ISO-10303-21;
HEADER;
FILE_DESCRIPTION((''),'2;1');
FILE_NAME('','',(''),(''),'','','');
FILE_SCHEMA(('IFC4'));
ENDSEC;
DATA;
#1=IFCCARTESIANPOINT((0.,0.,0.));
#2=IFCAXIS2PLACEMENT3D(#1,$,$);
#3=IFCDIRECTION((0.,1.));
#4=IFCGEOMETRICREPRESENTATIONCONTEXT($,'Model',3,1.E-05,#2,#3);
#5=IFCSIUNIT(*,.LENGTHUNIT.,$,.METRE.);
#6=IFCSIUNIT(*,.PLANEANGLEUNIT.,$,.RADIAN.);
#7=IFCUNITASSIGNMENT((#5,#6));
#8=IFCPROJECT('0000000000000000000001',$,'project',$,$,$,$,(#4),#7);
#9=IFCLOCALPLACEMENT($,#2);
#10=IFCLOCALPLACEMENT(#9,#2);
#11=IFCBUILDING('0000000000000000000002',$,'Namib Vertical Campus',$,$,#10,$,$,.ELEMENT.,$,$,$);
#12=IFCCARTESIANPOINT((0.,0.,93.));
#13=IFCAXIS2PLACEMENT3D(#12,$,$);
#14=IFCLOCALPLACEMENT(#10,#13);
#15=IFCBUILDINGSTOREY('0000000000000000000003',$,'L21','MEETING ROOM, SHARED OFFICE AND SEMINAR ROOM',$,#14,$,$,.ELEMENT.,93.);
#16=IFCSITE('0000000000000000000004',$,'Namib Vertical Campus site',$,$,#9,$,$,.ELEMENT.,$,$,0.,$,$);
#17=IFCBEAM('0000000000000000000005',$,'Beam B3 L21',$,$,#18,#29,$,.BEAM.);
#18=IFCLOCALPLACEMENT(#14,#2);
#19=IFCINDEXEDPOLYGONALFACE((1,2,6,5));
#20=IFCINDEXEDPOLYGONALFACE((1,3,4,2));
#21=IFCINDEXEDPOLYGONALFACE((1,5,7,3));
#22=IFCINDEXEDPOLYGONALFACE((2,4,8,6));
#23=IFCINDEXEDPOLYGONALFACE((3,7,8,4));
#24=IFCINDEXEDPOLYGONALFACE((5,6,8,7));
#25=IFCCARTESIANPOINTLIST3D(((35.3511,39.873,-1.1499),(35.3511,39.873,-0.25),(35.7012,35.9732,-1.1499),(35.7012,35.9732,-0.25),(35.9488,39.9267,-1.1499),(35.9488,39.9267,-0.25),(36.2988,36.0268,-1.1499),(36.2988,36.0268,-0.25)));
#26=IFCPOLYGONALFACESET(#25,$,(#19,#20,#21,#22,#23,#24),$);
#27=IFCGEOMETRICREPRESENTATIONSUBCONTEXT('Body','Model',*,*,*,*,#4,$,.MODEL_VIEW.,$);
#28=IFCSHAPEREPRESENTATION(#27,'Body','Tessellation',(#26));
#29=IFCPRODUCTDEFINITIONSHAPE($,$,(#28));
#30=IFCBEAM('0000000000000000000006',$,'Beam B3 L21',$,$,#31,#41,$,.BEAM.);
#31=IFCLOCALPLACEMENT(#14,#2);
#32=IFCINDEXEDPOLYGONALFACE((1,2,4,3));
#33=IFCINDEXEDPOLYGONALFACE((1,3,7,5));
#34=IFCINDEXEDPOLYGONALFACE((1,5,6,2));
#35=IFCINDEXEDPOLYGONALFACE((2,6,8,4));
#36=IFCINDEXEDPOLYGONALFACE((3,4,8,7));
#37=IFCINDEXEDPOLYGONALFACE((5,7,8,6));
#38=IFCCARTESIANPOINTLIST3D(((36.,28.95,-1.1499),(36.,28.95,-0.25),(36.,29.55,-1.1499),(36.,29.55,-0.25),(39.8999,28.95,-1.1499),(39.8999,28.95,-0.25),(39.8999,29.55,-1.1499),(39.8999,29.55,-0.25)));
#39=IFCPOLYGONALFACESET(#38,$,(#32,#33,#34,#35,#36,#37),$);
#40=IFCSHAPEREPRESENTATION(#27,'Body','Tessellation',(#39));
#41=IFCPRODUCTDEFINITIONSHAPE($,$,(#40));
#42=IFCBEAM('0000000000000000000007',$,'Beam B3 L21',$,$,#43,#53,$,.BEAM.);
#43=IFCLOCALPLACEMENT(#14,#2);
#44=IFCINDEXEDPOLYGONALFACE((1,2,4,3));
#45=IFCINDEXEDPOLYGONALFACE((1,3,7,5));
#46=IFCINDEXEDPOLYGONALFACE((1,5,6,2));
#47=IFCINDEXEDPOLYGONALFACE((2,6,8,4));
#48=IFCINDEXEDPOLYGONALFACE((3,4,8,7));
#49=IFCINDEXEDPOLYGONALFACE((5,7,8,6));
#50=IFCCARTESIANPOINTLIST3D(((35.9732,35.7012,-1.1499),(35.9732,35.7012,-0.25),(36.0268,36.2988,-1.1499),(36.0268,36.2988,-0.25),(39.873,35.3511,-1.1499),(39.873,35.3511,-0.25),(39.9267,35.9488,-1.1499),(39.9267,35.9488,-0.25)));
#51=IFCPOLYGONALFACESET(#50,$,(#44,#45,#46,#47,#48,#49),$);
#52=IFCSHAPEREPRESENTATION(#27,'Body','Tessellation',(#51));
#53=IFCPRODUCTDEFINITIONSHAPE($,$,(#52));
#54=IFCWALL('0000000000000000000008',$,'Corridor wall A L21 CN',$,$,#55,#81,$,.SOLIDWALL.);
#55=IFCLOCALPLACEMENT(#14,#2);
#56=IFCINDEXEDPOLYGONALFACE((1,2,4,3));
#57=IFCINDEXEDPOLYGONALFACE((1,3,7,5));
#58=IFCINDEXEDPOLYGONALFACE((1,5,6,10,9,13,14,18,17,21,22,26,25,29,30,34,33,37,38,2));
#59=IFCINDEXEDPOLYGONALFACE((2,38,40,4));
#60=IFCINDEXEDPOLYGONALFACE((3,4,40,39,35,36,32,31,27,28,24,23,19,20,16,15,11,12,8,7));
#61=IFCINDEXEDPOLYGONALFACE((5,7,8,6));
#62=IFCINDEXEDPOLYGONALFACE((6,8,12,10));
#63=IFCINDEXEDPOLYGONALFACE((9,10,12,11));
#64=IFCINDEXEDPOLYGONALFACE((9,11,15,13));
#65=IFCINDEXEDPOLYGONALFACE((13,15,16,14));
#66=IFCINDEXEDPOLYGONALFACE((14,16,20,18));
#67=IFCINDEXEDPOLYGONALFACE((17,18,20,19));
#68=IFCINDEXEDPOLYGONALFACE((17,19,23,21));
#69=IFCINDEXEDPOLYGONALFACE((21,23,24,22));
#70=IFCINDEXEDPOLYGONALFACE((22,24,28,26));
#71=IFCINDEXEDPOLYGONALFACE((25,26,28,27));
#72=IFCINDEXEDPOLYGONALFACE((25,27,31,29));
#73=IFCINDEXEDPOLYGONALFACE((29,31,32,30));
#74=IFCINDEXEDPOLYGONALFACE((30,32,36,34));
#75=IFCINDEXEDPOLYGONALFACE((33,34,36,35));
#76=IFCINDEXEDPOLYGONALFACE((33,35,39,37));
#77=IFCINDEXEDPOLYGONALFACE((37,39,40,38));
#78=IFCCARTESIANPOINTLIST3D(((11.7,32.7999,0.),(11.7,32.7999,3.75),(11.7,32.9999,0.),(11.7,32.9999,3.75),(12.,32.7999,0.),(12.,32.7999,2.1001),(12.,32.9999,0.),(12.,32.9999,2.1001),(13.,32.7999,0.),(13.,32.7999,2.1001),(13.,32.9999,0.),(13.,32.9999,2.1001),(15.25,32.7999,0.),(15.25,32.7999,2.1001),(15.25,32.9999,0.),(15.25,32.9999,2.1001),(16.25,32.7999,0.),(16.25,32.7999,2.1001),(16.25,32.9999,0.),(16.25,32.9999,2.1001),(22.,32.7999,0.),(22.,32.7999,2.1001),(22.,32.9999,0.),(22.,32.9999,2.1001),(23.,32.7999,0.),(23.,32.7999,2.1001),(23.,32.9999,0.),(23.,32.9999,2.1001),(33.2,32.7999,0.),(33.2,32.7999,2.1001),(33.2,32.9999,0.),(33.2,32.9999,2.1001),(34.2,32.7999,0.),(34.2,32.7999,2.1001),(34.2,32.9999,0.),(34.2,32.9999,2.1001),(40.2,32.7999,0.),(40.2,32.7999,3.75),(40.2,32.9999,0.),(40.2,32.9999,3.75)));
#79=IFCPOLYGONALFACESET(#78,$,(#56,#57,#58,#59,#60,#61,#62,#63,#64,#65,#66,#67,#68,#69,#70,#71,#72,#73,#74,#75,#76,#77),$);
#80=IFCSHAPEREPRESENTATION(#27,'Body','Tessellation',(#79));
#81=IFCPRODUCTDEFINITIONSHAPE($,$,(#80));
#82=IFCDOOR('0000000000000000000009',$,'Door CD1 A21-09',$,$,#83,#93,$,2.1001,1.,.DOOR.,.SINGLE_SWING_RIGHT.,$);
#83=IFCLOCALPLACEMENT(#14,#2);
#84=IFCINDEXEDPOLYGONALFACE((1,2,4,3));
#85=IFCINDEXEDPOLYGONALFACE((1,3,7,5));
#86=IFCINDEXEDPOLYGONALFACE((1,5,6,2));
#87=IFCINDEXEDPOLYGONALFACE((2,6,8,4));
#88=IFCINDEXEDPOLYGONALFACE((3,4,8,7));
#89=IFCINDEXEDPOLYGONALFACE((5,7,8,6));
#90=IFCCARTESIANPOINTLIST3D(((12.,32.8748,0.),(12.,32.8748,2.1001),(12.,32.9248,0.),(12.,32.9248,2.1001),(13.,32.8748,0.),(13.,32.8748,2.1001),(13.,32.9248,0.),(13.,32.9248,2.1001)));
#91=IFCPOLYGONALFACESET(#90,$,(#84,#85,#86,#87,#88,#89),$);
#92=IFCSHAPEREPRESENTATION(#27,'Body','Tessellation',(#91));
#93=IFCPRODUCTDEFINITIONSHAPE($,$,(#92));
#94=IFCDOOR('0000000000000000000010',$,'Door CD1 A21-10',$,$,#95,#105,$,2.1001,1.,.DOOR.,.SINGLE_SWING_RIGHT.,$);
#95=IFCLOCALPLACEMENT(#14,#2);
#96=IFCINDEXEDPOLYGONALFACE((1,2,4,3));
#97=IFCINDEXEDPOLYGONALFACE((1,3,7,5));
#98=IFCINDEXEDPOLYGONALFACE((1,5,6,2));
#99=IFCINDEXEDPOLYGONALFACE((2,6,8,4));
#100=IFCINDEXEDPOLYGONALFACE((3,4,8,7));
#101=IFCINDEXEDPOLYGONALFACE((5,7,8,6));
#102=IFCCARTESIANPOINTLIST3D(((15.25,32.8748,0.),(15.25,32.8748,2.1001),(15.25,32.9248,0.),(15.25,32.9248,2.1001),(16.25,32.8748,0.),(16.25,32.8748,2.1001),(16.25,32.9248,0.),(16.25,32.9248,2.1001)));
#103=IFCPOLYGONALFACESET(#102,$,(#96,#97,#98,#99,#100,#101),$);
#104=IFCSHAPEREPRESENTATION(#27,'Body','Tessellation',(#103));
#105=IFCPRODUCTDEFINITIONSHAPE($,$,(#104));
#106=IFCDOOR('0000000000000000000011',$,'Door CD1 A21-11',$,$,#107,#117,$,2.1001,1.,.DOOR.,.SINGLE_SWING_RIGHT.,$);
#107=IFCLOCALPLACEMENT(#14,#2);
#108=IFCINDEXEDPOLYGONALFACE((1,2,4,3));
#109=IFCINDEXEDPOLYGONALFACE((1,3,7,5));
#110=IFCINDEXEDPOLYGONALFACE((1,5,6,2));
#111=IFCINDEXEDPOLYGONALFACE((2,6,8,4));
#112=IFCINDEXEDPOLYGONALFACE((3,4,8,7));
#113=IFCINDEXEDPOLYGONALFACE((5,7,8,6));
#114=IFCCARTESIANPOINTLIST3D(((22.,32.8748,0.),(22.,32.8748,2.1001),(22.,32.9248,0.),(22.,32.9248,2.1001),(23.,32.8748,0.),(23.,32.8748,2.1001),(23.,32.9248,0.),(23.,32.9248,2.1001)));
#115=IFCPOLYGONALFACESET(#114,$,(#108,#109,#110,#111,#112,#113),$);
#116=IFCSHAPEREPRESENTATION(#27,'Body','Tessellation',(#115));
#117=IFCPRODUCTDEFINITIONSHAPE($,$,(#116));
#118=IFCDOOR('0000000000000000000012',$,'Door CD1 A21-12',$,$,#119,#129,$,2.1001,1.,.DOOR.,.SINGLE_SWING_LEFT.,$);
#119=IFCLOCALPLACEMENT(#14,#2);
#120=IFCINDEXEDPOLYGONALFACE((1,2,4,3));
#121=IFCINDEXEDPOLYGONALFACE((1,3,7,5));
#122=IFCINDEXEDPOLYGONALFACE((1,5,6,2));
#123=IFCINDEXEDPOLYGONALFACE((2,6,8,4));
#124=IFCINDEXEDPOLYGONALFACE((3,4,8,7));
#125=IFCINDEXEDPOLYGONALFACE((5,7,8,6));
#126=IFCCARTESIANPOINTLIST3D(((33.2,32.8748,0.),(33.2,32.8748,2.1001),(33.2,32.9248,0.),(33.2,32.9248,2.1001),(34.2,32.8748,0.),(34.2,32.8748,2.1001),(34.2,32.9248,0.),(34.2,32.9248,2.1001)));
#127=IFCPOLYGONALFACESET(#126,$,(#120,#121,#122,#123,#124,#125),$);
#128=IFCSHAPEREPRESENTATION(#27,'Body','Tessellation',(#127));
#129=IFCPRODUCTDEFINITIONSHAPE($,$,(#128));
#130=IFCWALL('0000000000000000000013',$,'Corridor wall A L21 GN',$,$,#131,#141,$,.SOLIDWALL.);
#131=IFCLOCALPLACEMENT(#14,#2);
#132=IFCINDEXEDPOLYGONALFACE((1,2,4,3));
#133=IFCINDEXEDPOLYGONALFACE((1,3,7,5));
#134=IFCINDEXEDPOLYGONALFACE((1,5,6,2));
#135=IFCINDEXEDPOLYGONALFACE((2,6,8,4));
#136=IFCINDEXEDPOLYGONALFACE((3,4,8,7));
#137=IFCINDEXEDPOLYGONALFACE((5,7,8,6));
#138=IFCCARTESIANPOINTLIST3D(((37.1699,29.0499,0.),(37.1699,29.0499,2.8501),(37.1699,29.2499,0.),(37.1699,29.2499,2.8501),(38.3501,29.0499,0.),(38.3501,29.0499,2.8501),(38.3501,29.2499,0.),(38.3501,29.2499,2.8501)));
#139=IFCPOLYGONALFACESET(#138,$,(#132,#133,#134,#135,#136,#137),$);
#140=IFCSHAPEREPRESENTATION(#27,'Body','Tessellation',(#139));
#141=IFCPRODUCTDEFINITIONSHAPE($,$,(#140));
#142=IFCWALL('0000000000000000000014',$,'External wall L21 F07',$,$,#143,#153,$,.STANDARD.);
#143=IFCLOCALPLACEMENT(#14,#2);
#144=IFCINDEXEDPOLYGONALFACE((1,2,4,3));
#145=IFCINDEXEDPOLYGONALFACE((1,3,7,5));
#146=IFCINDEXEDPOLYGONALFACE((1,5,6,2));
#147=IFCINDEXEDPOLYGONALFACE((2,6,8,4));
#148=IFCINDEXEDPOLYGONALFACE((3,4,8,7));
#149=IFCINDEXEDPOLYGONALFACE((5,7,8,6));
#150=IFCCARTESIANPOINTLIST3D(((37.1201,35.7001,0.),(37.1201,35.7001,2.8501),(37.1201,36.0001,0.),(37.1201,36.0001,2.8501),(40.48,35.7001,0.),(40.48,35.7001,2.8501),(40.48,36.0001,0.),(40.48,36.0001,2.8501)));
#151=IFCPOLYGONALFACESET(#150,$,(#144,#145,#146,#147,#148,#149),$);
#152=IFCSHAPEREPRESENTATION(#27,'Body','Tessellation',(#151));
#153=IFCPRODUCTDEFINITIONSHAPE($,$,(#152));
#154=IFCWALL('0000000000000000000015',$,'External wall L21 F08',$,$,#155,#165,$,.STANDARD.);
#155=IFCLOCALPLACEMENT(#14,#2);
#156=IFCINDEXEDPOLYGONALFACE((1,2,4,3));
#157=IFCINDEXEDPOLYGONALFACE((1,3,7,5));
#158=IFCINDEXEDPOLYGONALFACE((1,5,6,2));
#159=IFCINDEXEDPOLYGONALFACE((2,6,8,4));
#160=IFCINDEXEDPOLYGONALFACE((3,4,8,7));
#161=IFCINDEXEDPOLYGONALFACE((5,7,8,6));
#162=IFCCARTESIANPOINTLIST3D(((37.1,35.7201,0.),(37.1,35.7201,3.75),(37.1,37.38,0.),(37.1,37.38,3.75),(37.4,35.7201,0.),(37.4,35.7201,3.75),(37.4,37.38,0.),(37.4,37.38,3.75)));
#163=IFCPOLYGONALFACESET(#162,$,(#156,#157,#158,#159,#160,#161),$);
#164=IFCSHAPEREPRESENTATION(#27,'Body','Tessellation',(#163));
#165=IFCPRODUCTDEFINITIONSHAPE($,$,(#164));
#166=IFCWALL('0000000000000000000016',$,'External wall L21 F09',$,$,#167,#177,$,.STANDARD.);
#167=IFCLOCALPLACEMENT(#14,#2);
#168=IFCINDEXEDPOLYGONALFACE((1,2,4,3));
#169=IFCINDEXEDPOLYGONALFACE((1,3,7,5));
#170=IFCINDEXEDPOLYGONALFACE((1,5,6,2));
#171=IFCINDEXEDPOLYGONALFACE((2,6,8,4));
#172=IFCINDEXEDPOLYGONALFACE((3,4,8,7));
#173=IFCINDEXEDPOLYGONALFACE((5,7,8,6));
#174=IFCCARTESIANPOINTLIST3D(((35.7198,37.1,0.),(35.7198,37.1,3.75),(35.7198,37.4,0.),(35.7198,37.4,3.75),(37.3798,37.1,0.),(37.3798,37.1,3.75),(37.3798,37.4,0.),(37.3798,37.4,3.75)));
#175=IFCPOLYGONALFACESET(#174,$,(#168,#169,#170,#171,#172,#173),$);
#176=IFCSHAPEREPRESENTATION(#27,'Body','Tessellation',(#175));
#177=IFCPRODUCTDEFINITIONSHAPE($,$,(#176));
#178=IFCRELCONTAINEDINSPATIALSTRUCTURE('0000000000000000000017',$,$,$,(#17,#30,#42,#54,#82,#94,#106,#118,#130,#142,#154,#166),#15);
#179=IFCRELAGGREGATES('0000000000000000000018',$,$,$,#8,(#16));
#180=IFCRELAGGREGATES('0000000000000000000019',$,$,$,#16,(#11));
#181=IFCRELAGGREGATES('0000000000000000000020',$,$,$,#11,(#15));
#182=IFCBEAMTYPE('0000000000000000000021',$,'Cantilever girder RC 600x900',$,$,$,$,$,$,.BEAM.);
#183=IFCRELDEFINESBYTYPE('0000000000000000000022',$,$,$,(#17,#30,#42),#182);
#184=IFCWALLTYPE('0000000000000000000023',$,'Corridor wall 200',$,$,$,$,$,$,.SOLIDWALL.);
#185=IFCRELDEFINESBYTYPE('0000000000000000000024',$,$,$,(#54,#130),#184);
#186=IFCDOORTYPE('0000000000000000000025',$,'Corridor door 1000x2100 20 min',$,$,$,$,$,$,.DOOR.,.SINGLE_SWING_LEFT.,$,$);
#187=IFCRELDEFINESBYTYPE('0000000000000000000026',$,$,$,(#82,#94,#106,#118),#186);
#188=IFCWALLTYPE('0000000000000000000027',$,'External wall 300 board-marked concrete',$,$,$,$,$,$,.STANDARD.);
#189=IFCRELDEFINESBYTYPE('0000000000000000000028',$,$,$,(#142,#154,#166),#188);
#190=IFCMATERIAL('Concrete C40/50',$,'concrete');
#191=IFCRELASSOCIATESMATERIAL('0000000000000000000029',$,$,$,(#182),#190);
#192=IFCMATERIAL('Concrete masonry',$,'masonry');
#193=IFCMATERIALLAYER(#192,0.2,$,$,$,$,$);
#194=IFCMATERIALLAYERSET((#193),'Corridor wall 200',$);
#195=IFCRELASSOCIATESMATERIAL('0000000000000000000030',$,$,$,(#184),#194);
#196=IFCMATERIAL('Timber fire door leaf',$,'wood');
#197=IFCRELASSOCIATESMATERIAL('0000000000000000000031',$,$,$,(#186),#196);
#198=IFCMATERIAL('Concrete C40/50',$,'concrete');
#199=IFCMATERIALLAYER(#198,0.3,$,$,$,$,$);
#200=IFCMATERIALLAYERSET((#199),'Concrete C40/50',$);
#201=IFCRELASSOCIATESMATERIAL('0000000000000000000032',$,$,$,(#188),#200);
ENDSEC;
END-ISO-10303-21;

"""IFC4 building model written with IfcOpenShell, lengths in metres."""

from ifc_helpers import new_model, si_unit, direction, frame, frame_2d, origin, origin_2d, place, context, subcontext, project, spatial, rectangle, extrude, material, layer, layer_set, material_profile, profile_set, type_object, element, fill, save


model = new_model("IFC4")

# Units and contexts
model_context = context("Model", 3, precision=1e-05, world=origin(), true_north=direction((0.0, 1.0)))
body_context = subcontext(model_context, "Body", "Model", "MODEL_VIEW")
ifc_project = project(units=[si_unit("LENGTHUNIT", "METRE"), si_unit("PLANEANGLEUNIT", "RADIAN")], contexts=[model_context])

# Site, building, storey
site_placement = place(None, origin())
site = spatial("IfcSite", under=ifc_project, at=site_placement, Name="Namib Vertical Campus site", CompositionType="ELEMENT", RefElevation=0.0)
building_placement = place(site_placement, origin())
building = spatial("IfcBuilding", under=site, at=building_placement, Name="Namib Vertical Campus", CompositionType="ELEMENT")
storey_placement = place(building_placement, frame((0.0, 0.0, 93.0)))
storey = spatial("IfcBuildingStorey", under=building, at=storey_placement, Name="L21", Description="MEETING ROOM, SHARED OFFICE AND SEMINAR ROOM", CompositionType="ELEMENT", Elevation=93.0)

# Beams
ifc_material_1 = material(Name="Concrete C40/50", Category="concrete")
ifc_material_profile = material_profile(ifc_material_1, rectangle(XDim=0.6001, YDim=0.8999, at=origin_2d()))
ifc_profile_set = profile_set([ifc_material_profile], Name="Concrete C40/50")
beam_type = type_object("IfcBeamType", Name="Cantilever girder RC 600x900", PredefinedType="BEAM", material=ifc_profile_set)
beam_1_placement = place(storey_placement, frame((36.0, 36.0, -0.7), z_axis=(-0.089411, 0.995995, 0.0), x_axis=(-0.995995, -0.089411, 0.0)))
element("IfcBeam", 1, at=beam_1_placement, inside=storey, type_object=beam_type, Name="Beam B3 L21", PredefinedType="BEAM", context=body_context, shape_type="SweptSolid", body=[
    extrude(rectangle(XDim=0.6001, YDim=0.8999, at=origin_2d()), origin(), (0.0, 0.0, 1.0), 3.9155),
])
beam_2_placement = place(storey_placement, frame((36.0, 29.25, -0.7), z_axis=(1.0, 0.0, 0.0), x_axis=(0.0, 1.0, 0.0)))
element("IfcBeam", 2, at=beam_2_placement, inside=storey, type_object=beam_type, Name="Beam B3 L21", PredefinedType="BEAM", context=body_context, shape_type="SweptSolid", body=[
    extrude(rectangle(XDim=0.6001, YDim=0.8999, at=origin_2d()), origin(), (0.0, 0.0, 1.0), 3.8999),
])
beam_3_placement = place(storey_placement, frame((36.0, 36.0, -0.7), z_axis=(0.995995, -0.089411, 0.0), x_axis=(0.089411, 0.995995, 0.0)))
element("IfcBeam", 3, at=beam_3_placement, inside=storey, type_object=beam_type, Name="Beam B3 L21", PredefinedType="BEAM", context=body_context, shape_type="SweptSolid", body=[
    extrude(rectangle(XDim=0.6001, YDim=0.8999, at=origin_2d()), origin(), (0.0, 0.0, 1.0), 3.9155),
])

# Wall, openings, doors
ifc_material_2 = material(Name="Concrete masonry", Category="masonry")
ifc_layer_1 = layer(ifc_material_2, 0.2)
ifc_layer_set_1 = layer_set([ifc_layer_1], Name="Corridor wall 200")
wall_type_1 = type_object("IfcWallType", Name="Corridor wall 200", PredefinedType="SOLIDWALL", material=ifc_layer_set_1)
wall_1_placement = place(storey_placement, frame((40.2, 32.8999, 0.0), z_axis=(0.0, 0.0, 1.0), x_axis=(-1.0, 0.0, 0.0)))
wall_1 = element("IfcWall", 4, at=wall_1_placement, inside=storey, type_object=wall_type_1, Name="Corridor wall A L21 CN", PredefinedType="SOLIDWALL", context=body_context, shape_type="SweptSolid", body=[
    extrude(rectangle(XDim=28.5, YDim=0.2, at=frame_2d((14.25, 0.0))), origin(), (0.0, 0.0, 1.0), 3.75),
])
opening_1_placement = place(wall_1_placement, frame((27.2, 0.0, 0.0)))
opening_1 = element("IfcOpeningElement", 5, at=opening_1_placement, cuts=wall_1, PredefinedType="OPENING", context=body_context, shape_type="SweptSolid", body=[
    extrude(rectangle(XDim=1.0, YDim=2.1001, at=frame_2d((0.5, 1.05))), frame((0.0, 0.1099, 0.0), z_axis=(0.0, -1.0, 0.0), x_axis=(1.0, 0.0, 0.0)), (0.0, 0.0, 1.0), 0.22),
])
opening_2_placement = place(wall_1_placement, frame((23.95, 0.0, 0.0)))
opening_2 = element("IfcOpeningElement", 6, at=opening_2_placement, cuts=wall_1, PredefinedType="OPENING", context=body_context, shape_type="SweptSolid", body=[
    extrude(rectangle(XDim=1.0, YDim=2.1001, at=frame_2d((0.5, 1.05))), frame((0.0, 0.1099, 0.0), z_axis=(0.0, -1.0, 0.0), x_axis=(1.0, 0.0, 0.0)), (0.0, 0.0, 1.0), 0.22),
])
opening_3_placement = place(wall_1_placement, frame((17.2, 0.0, 0.0)))
opening_3 = element("IfcOpeningElement", 7, at=opening_3_placement, cuts=wall_1, PredefinedType="OPENING", context=body_context, shape_type="SweptSolid", body=[
    extrude(rectangle(XDim=1.0, YDim=2.1001, at=frame_2d((0.5, 1.05))), frame((0.0, 0.1099, 0.0), z_axis=(0.0, -1.0, 0.0), x_axis=(1.0, 0.0, 0.0)), (0.0, 0.0, 1.0), 0.22),
])
opening_4_placement = place(wall_1_placement, frame((6.0, 0.0, 0.0)))
opening_4 = element("IfcOpeningElement", 8, at=opening_4_placement, cuts=wall_1, PredefinedType="OPENING", context=body_context, shape_type="SweptSolid", body=[
    extrude(rectangle(XDim=1.0, YDim=2.1001, at=frame_2d((0.5, 1.05))), frame((0.0, 0.1099, 0.0), z_axis=(0.0, -1.0, 0.0), x_axis=(1.0, 0.0, 0.0)), (0.0, 0.0, 1.0), 0.22),
])
ifc_material_3 = material(Name="Timber fire door leaf", Category="wood")
door_type = type_object("IfcDoorType", Name="Corridor door 1000x2100 20 min", OperationType="SINGLE_SWING_LEFT", PredefinedType="DOOR", material=ifc_material_3)
door_1_placement = place(opening_1_placement, frame((1.0, 0.0, 0.0), z_axis=(0.0, 0.0, 1.0), x_axis=(-1.0, 0.0, 0.0)))
door_1 = element("IfcDoor", 9, at=door_1_placement, inside=storey, type_object=door_type, Name="Door CD1 A21-09", OperationType="SINGLE_SWING_RIGHT", OverallHeight=2.1001, OverallWidth=1.0, PredefinedType="DOOR", context=body_context, shape_type="SweptSolid", body=[
    extrude(rectangle(XDim=1.0, YDim=2.1001, at=frame_2d((0.5, 1.05))), frame((0.0, 0.0249, 0.0), z_axis=(0.0, -1.0, 0.0), x_axis=(1.0, 0.0, 0.0)), (0.0, 0.0, 1.0), 0.05),
])
fill(opening_1, door_1)
door_2_placement = place(opening_2_placement, frame((1.0, 0.0, 0.0), z_axis=(0.0, 0.0, 1.0), x_axis=(-1.0, 0.0, 0.0)))
door_2 = element("IfcDoor", 10, at=door_2_placement, inside=storey, type_object=door_type, Name="Door CD1 A21-10", OperationType="SINGLE_SWING_RIGHT", OverallHeight=2.1001, OverallWidth=1.0, PredefinedType="DOOR", context=body_context, shape_type="SweptSolid", body=[
    extrude(rectangle(XDim=1.0, YDim=2.1001, at=frame_2d((0.5, 1.05))), frame((0.0, 0.0249, 0.0), z_axis=(0.0, -1.0, 0.0), x_axis=(1.0, 0.0, 0.0)), (0.0, 0.0, 1.0), 0.05),
])
fill(opening_2, door_2)
door_3_placement = place(opening_3_placement, frame((1.0, 0.0, 0.0), z_axis=(0.0, 0.0, 1.0), x_axis=(-1.0, 0.0, 0.0)))
door_3 = element("IfcDoor", 11, at=door_3_placement, inside=storey, type_object=door_type, Name="Door CD1 A21-11", OperationType="SINGLE_SWING_RIGHT", OverallHeight=2.1001, OverallWidth=1.0, PredefinedType="DOOR", context=body_context, shape_type="SweptSolid", body=[
    extrude(rectangle(XDim=1.0, YDim=2.1001, at=frame_2d((0.5, 1.05))), frame((0.0, 0.0249, 0.0), z_axis=(0.0, -1.0, 0.0), x_axis=(1.0, 0.0, 0.0)), (0.0, 0.0, 1.0), 0.05),
])
fill(opening_3, door_3)
door_4_placement = place(opening_4_placement, frame((1.0, 0.0, 0.0), z_axis=(0.0, 0.0, 1.0), x_axis=(-1.0, 0.0, 0.0)))
door_4 = element("IfcDoor", 12, at=door_4_placement, inside=storey, type_object=door_type, Name="Door CD1 A21-12", OperationType="SINGLE_SWING_LEFT", OverallHeight=2.1001, OverallWidth=1.0, PredefinedType="DOOR", context=body_context, shape_type="SweptSolid", body=[
    extrude(rectangle(XDim=1.0, YDim=2.1001, at=frame_2d((0.5, 1.05))), frame((0.0, 0.0249, 0.0), z_axis=(0.0, -1.0, 0.0), x_axis=(1.0, 0.0, 0.0)), (0.0, 0.0, 1.0), 0.05),
])
fill(opening_4, door_4)

# Walls
wall_2_placement = place(storey_placement, frame((37.1699, 29.1499, 0.0), z_axis=(0.0, 0.0, 1.0), x_axis=(1.0, 0.0, 0.0)))
element("IfcWall", 13, at=wall_2_placement, inside=storey, type_object=wall_type_1, Name="Corridor wall A L21 GN", PredefinedType="SOLIDWALL", context=body_context, shape_type="SweptSolid", body=[
    extrude(rectangle(XDim=1.1802, YDim=0.2, at=frame_2d((0.5901, 0.0))), origin(), (0.0, 0.0, 1.0), 2.8501),
])
ifc_material_4 = material(Name="Concrete C40/50", Category="concrete")
ifc_layer_2 = layer(ifc_material_4, 0.3)
ifc_layer_set_2 = layer_set([ifc_layer_2], Name="Concrete C40/50")
wall_type_2 = type_object("IfcWallType", Name="External wall 300 board-marked concrete", PredefinedType="STANDARD", material=ifc_layer_set_2)
wall_3_placement = place(storey_placement, frame((40.48, 35.8501, 0.0), z_axis=(0.0, 0.0, 1.0), x_axis=(-1.0, 0.0, 0.0)))
element("IfcWall", 14, at=wall_3_placement, inside=storey, type_object=wall_type_2, Name="External wall L21 F07", PredefinedType="STANDARD", context=body_context, shape_type="SweptSolid", body=[
    extrude(rectangle(XDim=3.3599, YDim=0.3, at=frame_2d((1.6799, 0.0))), origin(), (0.0, 0.0, 1.0), 2.8501),
])
for number, where, z_axis, x_axis, name in (
    (15, (37.25, 35.72, 0.0), (0.0, 0.0, 1.0), (0.0, 1.0, 0.0), "External wall L21 F08"),
    (16, (37.3799, 37.25, 0.0), (0.0, 0.0, 1.0), (-1.0, 0.0, 0.0), "External wall L21 F09"),
):
    element("IfcWall", number, at=place(storey_placement, frame(where, z_axis=z_axis, x_axis=x_axis)), inside=storey, type_object=wall_type_2, Name=name, PredefinedType="STANDARD", context=body_context, shape_type="SweptSolid", body=[
        extrude(rectangle(XDim=1.6599, YDim=0.3, at=frame_2d((0.8301, 0.0))), origin(), (0.0, 0.0, 1.0), 3.75),
    ])

save(model, "model.ifc")
